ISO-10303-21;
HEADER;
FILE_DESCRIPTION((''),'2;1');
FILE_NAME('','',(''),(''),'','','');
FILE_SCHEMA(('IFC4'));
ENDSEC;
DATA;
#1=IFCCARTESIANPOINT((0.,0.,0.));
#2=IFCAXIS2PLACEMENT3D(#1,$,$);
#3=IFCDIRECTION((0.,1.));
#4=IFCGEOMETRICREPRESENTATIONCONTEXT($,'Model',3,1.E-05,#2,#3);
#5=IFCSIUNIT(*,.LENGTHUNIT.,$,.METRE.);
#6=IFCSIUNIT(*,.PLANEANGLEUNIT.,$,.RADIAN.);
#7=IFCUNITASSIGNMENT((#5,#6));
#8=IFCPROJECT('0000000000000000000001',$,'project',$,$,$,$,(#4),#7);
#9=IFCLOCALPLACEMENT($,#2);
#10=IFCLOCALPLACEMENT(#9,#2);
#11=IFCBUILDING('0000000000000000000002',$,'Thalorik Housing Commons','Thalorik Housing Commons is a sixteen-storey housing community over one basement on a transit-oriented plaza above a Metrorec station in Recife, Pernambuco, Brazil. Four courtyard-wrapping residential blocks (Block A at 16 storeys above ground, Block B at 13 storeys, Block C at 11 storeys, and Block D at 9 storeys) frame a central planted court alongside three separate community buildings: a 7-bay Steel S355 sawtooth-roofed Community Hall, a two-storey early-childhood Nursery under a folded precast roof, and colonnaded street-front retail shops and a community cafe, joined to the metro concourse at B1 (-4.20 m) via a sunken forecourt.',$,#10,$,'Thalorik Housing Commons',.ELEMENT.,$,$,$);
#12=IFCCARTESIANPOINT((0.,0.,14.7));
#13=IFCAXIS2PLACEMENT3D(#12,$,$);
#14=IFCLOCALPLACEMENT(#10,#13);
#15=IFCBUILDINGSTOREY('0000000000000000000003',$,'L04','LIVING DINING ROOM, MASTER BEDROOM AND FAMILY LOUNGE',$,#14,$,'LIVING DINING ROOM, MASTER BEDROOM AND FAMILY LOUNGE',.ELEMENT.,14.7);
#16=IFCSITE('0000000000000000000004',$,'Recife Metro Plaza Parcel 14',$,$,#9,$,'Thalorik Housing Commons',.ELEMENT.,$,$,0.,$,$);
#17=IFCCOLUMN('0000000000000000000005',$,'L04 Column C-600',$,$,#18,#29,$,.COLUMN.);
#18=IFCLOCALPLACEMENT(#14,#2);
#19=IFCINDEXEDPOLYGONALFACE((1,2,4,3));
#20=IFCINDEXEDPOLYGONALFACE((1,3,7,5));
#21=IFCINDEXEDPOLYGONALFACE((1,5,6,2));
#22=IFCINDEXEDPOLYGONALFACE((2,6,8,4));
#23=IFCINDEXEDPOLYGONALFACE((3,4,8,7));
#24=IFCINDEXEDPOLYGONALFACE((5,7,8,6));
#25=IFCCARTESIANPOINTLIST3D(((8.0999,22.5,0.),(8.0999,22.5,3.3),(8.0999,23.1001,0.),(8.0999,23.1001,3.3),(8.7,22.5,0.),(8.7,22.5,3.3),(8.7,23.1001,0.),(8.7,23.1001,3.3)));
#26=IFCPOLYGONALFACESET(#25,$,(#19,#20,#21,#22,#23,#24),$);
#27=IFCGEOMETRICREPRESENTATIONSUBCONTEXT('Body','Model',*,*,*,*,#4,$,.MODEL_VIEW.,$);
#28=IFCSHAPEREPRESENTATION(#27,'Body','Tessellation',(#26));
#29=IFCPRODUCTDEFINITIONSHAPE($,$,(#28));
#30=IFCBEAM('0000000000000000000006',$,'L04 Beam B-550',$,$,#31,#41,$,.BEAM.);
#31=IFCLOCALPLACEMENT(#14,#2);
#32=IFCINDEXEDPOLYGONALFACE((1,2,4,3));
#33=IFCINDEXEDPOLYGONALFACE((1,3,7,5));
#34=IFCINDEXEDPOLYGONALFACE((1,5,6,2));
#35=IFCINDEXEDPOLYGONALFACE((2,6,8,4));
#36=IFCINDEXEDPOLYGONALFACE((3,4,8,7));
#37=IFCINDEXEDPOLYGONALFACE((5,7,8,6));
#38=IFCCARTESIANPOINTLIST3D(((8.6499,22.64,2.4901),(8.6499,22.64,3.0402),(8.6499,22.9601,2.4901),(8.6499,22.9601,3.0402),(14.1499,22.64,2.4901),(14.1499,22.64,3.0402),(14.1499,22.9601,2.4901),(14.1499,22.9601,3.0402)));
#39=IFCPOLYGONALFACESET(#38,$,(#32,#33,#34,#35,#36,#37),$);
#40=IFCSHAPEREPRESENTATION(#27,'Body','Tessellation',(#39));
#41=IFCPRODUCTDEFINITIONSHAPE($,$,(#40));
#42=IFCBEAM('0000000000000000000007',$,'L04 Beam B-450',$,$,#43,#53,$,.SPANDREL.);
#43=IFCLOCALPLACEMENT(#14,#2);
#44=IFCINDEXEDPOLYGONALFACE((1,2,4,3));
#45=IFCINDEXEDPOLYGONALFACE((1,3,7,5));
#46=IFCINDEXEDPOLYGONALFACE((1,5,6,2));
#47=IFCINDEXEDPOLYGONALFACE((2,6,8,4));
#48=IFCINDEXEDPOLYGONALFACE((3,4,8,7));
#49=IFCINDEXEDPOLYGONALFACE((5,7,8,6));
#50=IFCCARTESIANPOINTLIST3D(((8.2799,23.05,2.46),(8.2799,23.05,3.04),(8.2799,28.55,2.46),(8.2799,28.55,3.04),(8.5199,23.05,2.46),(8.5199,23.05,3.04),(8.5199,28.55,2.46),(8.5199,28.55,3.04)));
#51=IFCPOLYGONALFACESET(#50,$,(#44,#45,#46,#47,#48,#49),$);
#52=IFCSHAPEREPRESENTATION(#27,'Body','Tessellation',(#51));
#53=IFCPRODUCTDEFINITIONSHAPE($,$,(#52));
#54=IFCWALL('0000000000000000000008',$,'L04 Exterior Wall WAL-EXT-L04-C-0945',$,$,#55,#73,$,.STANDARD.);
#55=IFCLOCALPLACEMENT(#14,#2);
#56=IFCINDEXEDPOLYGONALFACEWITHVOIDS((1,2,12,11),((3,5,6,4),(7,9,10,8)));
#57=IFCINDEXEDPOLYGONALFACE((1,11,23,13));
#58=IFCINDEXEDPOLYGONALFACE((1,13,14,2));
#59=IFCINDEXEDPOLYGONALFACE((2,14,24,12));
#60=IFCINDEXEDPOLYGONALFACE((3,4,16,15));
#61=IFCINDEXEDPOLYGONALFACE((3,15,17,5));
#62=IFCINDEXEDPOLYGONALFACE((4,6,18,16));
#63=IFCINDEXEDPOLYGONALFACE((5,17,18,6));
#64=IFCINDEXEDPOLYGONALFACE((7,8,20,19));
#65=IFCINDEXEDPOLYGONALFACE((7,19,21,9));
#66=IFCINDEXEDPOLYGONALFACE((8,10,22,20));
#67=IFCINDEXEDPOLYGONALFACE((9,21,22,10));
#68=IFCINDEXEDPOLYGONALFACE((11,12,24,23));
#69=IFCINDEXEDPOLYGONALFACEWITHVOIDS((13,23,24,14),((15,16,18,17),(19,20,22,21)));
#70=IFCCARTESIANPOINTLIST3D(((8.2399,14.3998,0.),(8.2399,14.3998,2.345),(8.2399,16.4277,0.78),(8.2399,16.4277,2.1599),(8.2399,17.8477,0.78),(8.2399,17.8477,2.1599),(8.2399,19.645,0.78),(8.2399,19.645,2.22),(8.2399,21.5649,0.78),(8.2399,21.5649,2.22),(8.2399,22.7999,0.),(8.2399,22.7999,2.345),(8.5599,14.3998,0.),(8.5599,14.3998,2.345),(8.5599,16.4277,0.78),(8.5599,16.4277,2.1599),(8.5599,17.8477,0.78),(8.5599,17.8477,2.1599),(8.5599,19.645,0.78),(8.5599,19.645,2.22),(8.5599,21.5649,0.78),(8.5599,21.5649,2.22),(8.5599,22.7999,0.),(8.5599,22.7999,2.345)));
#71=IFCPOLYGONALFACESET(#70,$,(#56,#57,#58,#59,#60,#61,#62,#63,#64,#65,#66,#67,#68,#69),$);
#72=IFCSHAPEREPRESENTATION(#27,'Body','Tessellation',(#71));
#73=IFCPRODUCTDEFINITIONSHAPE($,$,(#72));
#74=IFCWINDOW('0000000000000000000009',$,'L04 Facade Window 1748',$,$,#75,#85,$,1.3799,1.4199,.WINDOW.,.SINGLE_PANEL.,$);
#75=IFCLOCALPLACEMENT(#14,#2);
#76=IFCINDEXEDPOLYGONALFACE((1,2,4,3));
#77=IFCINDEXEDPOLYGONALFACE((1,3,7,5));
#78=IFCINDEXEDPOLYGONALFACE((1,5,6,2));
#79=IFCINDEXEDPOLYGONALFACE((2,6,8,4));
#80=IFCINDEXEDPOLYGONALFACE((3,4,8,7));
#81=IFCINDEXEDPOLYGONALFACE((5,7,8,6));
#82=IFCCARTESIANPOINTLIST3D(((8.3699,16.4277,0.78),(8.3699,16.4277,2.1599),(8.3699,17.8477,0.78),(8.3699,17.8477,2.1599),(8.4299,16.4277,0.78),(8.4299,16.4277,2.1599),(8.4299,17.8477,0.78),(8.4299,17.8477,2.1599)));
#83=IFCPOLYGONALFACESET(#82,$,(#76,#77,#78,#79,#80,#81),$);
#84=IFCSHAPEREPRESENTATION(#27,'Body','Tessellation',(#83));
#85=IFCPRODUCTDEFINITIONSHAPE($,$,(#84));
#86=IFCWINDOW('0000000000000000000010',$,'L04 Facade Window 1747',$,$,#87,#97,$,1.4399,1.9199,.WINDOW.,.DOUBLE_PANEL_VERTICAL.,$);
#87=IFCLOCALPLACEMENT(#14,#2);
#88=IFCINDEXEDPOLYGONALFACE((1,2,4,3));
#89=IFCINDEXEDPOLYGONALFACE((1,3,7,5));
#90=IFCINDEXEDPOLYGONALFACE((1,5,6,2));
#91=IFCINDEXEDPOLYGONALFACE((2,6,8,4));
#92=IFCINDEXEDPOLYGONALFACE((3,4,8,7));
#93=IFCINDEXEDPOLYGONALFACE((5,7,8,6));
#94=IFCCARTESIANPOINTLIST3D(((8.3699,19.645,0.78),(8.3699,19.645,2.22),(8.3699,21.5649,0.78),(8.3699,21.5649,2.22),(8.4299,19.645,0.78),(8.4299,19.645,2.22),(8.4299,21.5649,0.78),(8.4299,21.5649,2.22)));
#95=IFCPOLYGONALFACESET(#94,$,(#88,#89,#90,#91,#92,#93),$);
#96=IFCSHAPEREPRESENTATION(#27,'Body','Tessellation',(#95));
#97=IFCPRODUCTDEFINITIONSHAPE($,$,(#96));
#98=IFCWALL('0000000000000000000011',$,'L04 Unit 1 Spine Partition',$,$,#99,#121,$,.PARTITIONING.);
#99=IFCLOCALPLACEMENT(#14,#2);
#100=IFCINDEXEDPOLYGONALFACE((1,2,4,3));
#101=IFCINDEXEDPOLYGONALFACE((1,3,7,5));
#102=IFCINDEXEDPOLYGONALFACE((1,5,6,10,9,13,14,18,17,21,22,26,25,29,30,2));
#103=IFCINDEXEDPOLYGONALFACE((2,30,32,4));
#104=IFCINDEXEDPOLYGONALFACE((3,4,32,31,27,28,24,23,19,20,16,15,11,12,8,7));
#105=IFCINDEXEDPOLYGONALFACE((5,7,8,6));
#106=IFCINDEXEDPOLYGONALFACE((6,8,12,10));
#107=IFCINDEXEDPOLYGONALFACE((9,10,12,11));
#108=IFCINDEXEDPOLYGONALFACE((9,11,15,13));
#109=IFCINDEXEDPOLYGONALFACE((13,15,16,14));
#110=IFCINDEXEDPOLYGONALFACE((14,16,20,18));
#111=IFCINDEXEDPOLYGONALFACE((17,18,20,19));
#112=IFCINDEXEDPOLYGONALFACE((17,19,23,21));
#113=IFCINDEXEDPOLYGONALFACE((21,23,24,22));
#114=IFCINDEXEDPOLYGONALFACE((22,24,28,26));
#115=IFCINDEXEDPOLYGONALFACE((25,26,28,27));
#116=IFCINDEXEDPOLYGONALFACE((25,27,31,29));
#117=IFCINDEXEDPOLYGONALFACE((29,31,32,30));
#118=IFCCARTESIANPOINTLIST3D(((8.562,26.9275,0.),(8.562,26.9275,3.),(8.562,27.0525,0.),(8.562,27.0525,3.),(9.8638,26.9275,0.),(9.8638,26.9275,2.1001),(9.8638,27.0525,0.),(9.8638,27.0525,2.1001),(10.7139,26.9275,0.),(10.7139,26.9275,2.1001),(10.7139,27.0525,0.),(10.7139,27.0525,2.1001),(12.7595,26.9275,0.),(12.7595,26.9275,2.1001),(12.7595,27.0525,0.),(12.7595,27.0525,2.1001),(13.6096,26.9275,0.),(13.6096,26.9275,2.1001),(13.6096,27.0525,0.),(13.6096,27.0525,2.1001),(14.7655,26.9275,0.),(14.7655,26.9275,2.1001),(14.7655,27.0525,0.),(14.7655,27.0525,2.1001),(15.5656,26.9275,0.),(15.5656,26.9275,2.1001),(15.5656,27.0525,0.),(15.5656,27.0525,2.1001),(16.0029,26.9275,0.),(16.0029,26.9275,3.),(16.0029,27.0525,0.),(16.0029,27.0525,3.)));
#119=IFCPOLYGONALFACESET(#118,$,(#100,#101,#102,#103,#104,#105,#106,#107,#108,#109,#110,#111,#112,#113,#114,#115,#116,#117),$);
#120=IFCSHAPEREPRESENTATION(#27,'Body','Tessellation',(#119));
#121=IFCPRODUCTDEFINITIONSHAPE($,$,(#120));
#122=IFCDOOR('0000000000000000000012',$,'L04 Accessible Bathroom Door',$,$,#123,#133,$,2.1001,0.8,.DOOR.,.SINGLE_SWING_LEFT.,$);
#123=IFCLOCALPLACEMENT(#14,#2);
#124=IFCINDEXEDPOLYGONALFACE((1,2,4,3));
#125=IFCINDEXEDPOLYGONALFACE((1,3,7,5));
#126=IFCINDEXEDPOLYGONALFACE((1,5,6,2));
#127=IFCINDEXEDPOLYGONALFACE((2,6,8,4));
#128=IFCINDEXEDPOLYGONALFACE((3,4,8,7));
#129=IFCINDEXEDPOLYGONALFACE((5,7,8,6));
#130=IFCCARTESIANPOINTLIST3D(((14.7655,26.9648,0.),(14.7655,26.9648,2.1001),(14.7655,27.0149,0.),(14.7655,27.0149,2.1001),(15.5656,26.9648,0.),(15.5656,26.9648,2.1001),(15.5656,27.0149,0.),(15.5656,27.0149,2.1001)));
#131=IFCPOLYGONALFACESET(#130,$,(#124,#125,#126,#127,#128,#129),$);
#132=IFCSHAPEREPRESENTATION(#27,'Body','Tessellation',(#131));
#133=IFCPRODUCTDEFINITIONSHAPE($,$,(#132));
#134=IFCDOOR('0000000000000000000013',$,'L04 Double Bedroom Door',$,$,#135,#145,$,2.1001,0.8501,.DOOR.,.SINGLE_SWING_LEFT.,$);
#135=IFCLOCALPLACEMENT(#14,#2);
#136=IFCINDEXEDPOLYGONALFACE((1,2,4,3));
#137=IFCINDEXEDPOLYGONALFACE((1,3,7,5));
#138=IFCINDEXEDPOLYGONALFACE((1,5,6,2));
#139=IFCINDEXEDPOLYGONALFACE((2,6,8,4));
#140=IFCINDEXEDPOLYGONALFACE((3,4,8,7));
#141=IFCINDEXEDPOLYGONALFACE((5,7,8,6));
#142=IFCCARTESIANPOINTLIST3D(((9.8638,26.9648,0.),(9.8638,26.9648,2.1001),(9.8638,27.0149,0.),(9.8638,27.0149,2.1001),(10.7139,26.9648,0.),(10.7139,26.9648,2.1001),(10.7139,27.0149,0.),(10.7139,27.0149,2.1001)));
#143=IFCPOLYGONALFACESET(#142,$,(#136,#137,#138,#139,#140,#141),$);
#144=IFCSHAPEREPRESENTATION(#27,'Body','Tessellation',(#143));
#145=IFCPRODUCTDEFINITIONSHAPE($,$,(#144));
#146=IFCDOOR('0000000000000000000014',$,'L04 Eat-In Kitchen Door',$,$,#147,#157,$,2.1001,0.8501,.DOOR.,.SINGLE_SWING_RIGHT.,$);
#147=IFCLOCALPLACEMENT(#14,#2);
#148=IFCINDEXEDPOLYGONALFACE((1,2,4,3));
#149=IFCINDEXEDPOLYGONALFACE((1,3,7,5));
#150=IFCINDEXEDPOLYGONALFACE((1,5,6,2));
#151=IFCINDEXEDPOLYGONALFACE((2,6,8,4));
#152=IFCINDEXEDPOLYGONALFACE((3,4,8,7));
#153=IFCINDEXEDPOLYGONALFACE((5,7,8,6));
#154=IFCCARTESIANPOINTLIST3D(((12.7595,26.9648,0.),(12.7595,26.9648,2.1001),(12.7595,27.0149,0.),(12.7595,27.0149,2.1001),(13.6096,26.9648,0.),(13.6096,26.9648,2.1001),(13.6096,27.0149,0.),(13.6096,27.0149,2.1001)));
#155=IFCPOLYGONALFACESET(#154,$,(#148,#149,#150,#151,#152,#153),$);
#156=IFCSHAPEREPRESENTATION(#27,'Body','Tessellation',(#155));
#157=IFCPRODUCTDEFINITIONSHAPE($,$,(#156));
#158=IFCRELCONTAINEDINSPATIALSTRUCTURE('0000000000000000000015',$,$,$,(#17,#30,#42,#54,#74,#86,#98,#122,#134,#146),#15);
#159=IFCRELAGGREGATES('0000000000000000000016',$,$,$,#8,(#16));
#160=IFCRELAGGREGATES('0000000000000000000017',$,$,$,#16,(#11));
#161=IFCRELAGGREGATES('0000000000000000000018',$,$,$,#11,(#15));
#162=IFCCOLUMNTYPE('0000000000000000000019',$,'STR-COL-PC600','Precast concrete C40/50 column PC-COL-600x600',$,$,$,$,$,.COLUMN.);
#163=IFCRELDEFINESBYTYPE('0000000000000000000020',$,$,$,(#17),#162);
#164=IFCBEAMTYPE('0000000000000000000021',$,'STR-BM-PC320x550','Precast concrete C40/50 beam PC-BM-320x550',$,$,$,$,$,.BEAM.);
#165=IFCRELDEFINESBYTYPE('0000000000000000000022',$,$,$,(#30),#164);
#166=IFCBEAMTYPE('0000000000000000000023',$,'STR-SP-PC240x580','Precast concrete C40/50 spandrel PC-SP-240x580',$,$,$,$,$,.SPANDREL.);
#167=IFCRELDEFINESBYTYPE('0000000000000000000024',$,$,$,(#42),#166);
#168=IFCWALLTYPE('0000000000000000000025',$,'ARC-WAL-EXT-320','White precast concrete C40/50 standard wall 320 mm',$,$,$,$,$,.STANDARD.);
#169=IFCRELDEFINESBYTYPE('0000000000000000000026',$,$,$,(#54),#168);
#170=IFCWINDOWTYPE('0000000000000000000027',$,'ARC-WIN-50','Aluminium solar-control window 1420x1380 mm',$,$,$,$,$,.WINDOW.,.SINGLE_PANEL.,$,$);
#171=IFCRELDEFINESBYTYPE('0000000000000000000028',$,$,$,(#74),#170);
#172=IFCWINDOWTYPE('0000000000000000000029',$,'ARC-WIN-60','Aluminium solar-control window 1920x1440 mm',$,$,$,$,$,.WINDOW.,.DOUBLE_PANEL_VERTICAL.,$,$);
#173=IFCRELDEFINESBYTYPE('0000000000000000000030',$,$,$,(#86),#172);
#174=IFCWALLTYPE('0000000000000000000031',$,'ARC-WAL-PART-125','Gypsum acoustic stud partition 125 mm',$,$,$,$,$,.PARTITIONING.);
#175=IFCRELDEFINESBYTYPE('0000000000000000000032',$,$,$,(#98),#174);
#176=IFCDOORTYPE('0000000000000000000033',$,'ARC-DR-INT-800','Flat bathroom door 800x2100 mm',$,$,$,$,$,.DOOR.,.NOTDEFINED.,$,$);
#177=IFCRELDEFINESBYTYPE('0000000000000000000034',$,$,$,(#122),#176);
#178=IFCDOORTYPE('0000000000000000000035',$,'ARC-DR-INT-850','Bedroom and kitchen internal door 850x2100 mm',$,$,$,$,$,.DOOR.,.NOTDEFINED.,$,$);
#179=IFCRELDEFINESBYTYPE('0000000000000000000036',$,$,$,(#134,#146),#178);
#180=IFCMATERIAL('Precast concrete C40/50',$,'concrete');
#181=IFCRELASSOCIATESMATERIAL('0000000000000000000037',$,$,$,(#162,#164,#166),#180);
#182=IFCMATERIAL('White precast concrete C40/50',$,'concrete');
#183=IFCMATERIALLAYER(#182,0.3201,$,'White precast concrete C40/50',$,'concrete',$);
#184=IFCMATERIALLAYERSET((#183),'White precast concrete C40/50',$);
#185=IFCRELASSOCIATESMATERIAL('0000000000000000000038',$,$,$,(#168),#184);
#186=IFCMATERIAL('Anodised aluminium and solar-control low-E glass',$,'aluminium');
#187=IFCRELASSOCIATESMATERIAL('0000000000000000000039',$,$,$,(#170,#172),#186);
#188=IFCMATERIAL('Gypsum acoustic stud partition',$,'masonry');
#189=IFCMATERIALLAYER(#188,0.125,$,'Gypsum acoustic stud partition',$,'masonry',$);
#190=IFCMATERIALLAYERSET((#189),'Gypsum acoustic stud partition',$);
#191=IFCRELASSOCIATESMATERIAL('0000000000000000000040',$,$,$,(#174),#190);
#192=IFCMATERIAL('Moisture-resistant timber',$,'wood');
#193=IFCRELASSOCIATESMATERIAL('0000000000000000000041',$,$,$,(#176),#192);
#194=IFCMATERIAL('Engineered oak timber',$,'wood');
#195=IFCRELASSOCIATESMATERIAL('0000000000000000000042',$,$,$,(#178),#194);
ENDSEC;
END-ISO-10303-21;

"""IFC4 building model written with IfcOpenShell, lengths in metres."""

from ifc_helpers import new_model, si_unit, direction, frame, frame_2d, origin, origin_2d, place, context, subcontext, project, spatial, rectangle, extrude, material, layer, layer_set, material_profile, profile_set, type_object, element, fill, save


model = new_model("IFC4")

# Units and contexts
model_context = context("Model", 3, precision=1e-05, world=origin(), true_north=direction((0.0, 1.0)))
body_context = subcontext(model_context, "Body", "Model", "MODEL_VIEW")
ifc_project = project(units=[si_unit("LENGTHUNIT", "METRE"), si_unit("PLANEANGLEUNIT", "RADIAN")], contexts=[model_context])

# Site, building, storey
site_placement = place(None, origin())
site = spatial("IfcSite", under=ifc_project, at=site_placement, Name="Recife Metro Plaza Parcel 14", LongName="Thalorik Housing Commons", CompositionType="ELEMENT", RefElevation=0.0)
building_placement = place(site_placement, origin())
building = spatial("IfcBuilding", under=site, at=building_placement, Name="Thalorik Housing Commons", Description="Thalorik Housing Commons is a sixteen-storey housing community over one basement on a transit-oriented plaza above a Metrorec station in Recife, Pernambuco, Brazil. Four courtyard-wrapping residential blocks (Block A at 16 storeys above ground, Block B at 13 storeys, Block C at 11 storeys, and Block D at 9 storeys) frame a central planted court alongside three separate community buildings: a 7-bay Steel S355 sawtooth-roofed Community Hall, a two-storey early-childhood Nursery under a folded precast roof, and colonnaded street-front retail shops and a community cafe, joined to the metro concourse at B1 (-4.20 m) via a sunken forecourt.", LongName="Thalorik Housing Commons", CompositionType="ELEMENT")
storey_placement = place(building_placement, frame((0.0, 0.0, 14.7)))
storey = spatial("IfcBuildingStorey", under=building, at=storey_placement, Name="L04", Description="LIVING DINING ROOM, MASTER BEDROOM AND FAMILY LOUNGE", LongName="LIVING DINING ROOM, MASTER BEDROOM AND FAMILY LOUNGE", CompositionType="ELEMENT", Elevation=14.7)

# Column
ifc_material_1 = material(Name="Precast concrete C40/50", Category="concrete")
ifc_material_profile_1 = material_profile(ifc_material_1, rectangle(XDim=0.6001, YDim=0.6001, at=origin_2d()), Name="PC 600x600", Category="concrete")
ifc_profile_set_1 = profile_set([ifc_material_profile_1], Name="Precast concrete C40/50")
column_type = type_object("IfcColumnType", Name="STR-COL-PC600", Description="Precast concrete C40/50 column PC-COL-600x600", PredefinedType="COLUMN", material=ifc_profile_set_1)
column_placement = place(storey_placement, frame((8.3999, 22.8, 0.0), z_axis=(0.0, 0.0, 1.0), x_axis=(1.0, 0.0, 0.0)))
element("IfcColumn", 1, at=column_placement, inside=storey, type_object=column_type, Name="L04 Column C-600", PredefinedType="COLUMN", context=body_context, shape_type="SweptSolid", body=[
    extrude(rectangle(XDim=0.6001, YDim=0.6001, at=origin_2d()), origin(), (0.0, 0.0, 1.0), 3.3),
])

# Beams
ifc_material_profile_2 = material_profile(ifc_material_1, rectangle(XDim=0.3201, YDim=0.55, at=origin_2d()), Name="PC 320x550", Category="concrete")
ifc_profile_set_2 = profile_set([ifc_material_profile_2], Name="Precast concrete C40/50")
beam_type_1 = type_object("IfcBeamType", Name="STR-BM-PC320x550", Description="Precast concrete C40/50 beam PC-BM-320x550", PredefinedType="BEAM", material=ifc_profile_set_2)
beam_1_placement = place(storey_placement, frame((8.6499, 22.8, 2.7651), z_axis=(1.0, 0.0, 0.0), x_axis=(0.0, 1.0, 0.0)))
element("IfcBeam", 2, at=beam_1_placement, inside=storey, type_object=beam_type_1, Name="L04 Beam B-550", PredefinedType="BEAM", context=body_context, shape_type="SweptSolid", body=[
    extrude(rectangle(XDim=0.3201, YDim=0.55, at=origin_2d()), origin(), (0.0, 0.0, 1.0), 5.5),
])
ifc_material_profile_3 = material_profile(ifc_material_1, rectangle(XDim=0.24, YDim=0.5801, at=origin_2d()), Name="PC SP 240x580", Category="concrete")
ifc_profile_set_3 = profile_set([ifc_material_profile_3], Name="Precast concrete C40/50")
beam_type_2 = type_object("IfcBeamType", Name="STR-SP-PC240x580", Description="Precast concrete C40/50 spandrel PC-SP-240x580", PredefinedType="SPANDREL", material=ifc_profile_set_3)
beam_2_placement = place(storey_placement, frame((8.3999, 23.05, 2.75), z_axis=(0.0, 1.0, 0.0), x_axis=(-1.0, 0.0, 0.0)))
element("IfcBeam", 3, at=beam_2_placement, inside=storey, type_object=beam_type_2, Name="L04 Beam B-450", PredefinedType="SPANDREL", context=body_context, shape_type="SweptSolid", body=[
    extrude(rectangle(XDim=0.24, YDim=0.5801, at=origin_2d()), origin(), (0.0, 0.0, 1.0), 5.5),
])

# Wall, openings, windows
ifc_material_2 = material(Name="White precast concrete C40/50", Category="concrete")
ifc_layer_1 = layer(ifc_material_2, 0.3201, Name="White precast concrete C40/50", Category="concrete")
ifc_layer_set_1 = layer_set([ifc_layer_1], Name="White precast concrete C40/50")
wall_type_1 = type_object("IfcWallType", Name="ARC-WAL-EXT-320", Description="White precast concrete C40/50 standard wall 320 mm", PredefinedType="STANDARD", material=ifc_layer_set_1)
wall_1_placement = place(storey_placement, frame((8.3999, 22.8, 0.0), z_axis=(0.0, 0.0, 1.0), x_axis=(0.0, -1.0, 0.0)))
wall_1 = element("IfcWall", 4, at=wall_1_placement, inside=storey, type_object=wall_type_1, Name="L04 Exterior Wall WAL-EXT-L04-C-0945", PredefinedType="STANDARD", context=body_context, shape_type="SweptSolid", body=[
    extrude(rectangle(XDim=8.4001, YDim=0.3201, at=frame_2d((4.2002, 0.0))), origin(), (0.0, 0.0, 1.0), 2.345),
])
opening_1_placement = place(wall_1_placement, frame((1.2351, 0.0, 0.78)))
opening_1 = element("IfcOpeningElement", 5, at=opening_1_placement, cuts=wall_1, PredefinedType="OPENING", context=body_context, shape_type="SweptSolid", body=[
    extrude(rectangle(XDim=1.9199, YDim=1.4399, at=frame_2d((0.96, 0.72))), frame((0.0, 0.1699, 0.0), z_axis=(0.0, -1.0, 0.0), x_axis=(1.0, 0.0, 0.0)), (0.0, 0.0, 1.0), 0.3401),
])
opening_2_placement = place(wall_1_placement, frame((4.9524, 0.0, 0.78)))
opening_2 = element("IfcOpeningElement", 6, at=opening_2_placement, cuts=wall_1, PredefinedType="OPENING", context=body_context, shape_type="SweptSolid", body=[
    extrude(rectangle(XDim=1.4199, YDim=1.3799, at=frame_2d((0.71, 0.6899))), frame((0.0, 0.1699, 0.0), z_axis=(0.0, -1.0, 0.0), x_axis=(1.0, 0.0, 0.0)), (0.0, 0.0, 1.0), 0.3401),
])
ifc_material_3 = material(Name="Anodised aluminium and solar-control low-E glass", Category="aluminium")
window_type_1 = type_object("IfcWindowType", Name="ARC-WIN-50", Description="Aluminium solar-control window 1420x1380 mm", PartitioningType="SINGLE_PANEL", PredefinedType="WINDOW", material=ifc_material_3)
window_1_placement = place(opening_2_placement, origin())
window_1 = element("IfcWindow", 7, at=window_1_placement, inside=storey, type_object=window_type_1, Name="L04 Facade Window 1748", OverallHeight=1.3799, OverallWidth=1.4199, PartitioningType="SINGLE_PANEL", PredefinedType="WINDOW", context=body_context, shape_type="SweptSolid", body=[
    extrude(rectangle(XDim=1.4199, YDim=1.3799, at=frame_2d((0.71, 0.6899))), frame((0.0, 0.03, 0.0), z_axis=(0.0, -1.0, 0.0), x_axis=(1.0, 0.0, 0.0)), (0.0, 0.0, 1.0), 0.0601),
])
fill(opening_2, window_1)
window_type_2 = type_object("IfcWindowType", Name="ARC-WIN-60", Description="Aluminium solar-control window 1920x1440 mm", PartitioningType="DOUBLE_PANEL_VERTICAL", PredefinedType="WINDOW", material=ifc_material_3)
window_2_placement = place(opening_1_placement, origin())
window_2 = element("IfcWindow", 8, at=window_2_placement, inside=storey, type_object=window_type_2, Name="L04 Facade Window 1747", OverallHeight=1.4399, OverallWidth=1.9199, PartitioningType="DOUBLE_PANEL_VERTICAL", PredefinedType="WINDOW", context=body_context, shape_type="SweptSolid", body=[
    extrude(rectangle(XDim=1.9199, YDim=1.4399, at=frame_2d((0.96, 0.72))), frame((0.0, 0.03, 0.0), z_axis=(0.0, -1.0, 0.0), x_axis=(1.0, 0.0, 0.0)), (0.0, 0.0, 1.0), 0.0601),
])
fill(opening_1, window_2)

# Wall, openings, doors
ifc_material_4 = material(Name="Gypsum acoustic stud partition", Category="masonry")
ifc_layer_2 = layer(ifc_material_4, 0.125, Name="Gypsum acoustic stud partition", Category="masonry")
ifc_layer_set_2 = layer_set([ifc_layer_2], Name="Gypsum acoustic stud partition")
wall_type_2 = type_object("IfcWallType", Name="ARC-WAL-PART-125", Description="Gypsum acoustic stud partition 125 mm", PredefinedType="PARTITIONING", material=ifc_layer_set_2)
wall_2_placement = place(storey_placement, frame((8.562, 26.99, 0.0), z_axis=(0.0, 0.0, 1.0), x_axis=(1.0, 0.0, 0.0)))
wall_2 = element("IfcWall", 9, at=wall_2_placement, inside=storey, type_object=wall_type_2, Name="L04 Unit 1 Spine Partition", PredefinedType="PARTITIONING", context=body_context, shape_type="SweptSolid", body=[
    extrude(rectangle(XDim=7.4409, YDim=0.125, at=frame_2d((3.7205, 0.0))), origin(), (0.0, 0.0, 1.0), 3.0),
])
opening_3_placement = place(wall_2_placement, frame((1.3018, 0.0, 0.0)))
opening_3 = element("IfcOpeningElement", 10, at=opening_3_placement, cuts=wall_2, PredefinedType="OPENING", context=body_context, shape_type="SweptSolid", body=[
    extrude(rectangle(XDim=0.8501, YDim=2.1001, at=frame_2d((0.425, 1.05))), frame((0.0, 0.0725, 0.0), z_axis=(0.0, -1.0, 0.0), x_axis=(1.0, 0.0, 0.0)), (0.0, 0.0, 1.0), 0.145),
])
opening_4_placement = place(wall_2_placement, frame((4.1975, 0.0, 0.0)))
opening_4 = element("IfcOpeningElement", 11, at=opening_4_placement, cuts=wall_2, PredefinedType="OPENING", context=body_context, shape_type="SweptSolid", body=[
    extrude(rectangle(XDim=0.8501, YDim=2.1001, at=frame_2d((0.425, 1.05))), frame((0.0, 0.0725, 0.0), z_axis=(0.0, -1.0, 0.0), x_axis=(1.0, 0.0, 0.0)), (0.0, 0.0, 1.0), 0.145),
])
opening_5_placement = place(wall_2_placement, frame((6.2036, 0.0, 0.0)))
opening_5 = element("IfcOpeningElement", 12, at=opening_5_placement, cuts=wall_2, PredefinedType="OPENING", context=body_context, shape_type="SweptSolid", body=[
    extrude(rectangle(XDim=0.8, YDim=2.1001, at=frame_2d((0.3999, 1.05))), frame((0.0, 0.0725, 0.0), z_axis=(0.0, -1.0, 0.0), x_axis=(1.0, 0.0, 0.0)), (0.0, 0.0, 1.0), 0.145),
])
ifc_material_5 = material(Name="Moisture-resistant timber", Category="wood")
door_type_1 = type_object("IfcDoorType", Name="ARC-DR-INT-800", Description="Flat bathroom door 800x2100 mm", OperationType="NOTDEFINED", PredefinedType="DOOR", material=ifc_material_5)
door_1_placement = place(opening_5_placement, origin())
door_1 = element("IfcDoor", 13, at=door_1_placement, inside=storey, type_object=door_type_1, Name="L04 Accessible Bathroom Door", OperationType="SINGLE_SWING_LEFT", OverallHeight=2.1001, OverallWidth=0.8, PredefinedType="DOOR", context=body_context, shape_type="SweptSolid", body=[
    extrude(rectangle(XDim=0.8, YDim=2.1001, at=frame_2d((0.3999, 1.05))), frame((0.0, 0.0249, 0.0), z_axis=(0.0, -1.0, 0.0), x_axis=(1.0, 0.0, 0.0)), (0.0, 0.0, 1.0), 0.05),
])
fill(opening_5, door_1)
ifc_material_6 = material(Name="Engineered oak timber", Category="wood")
door_type_2 = type_object("IfcDoorType", Name="ARC-DR-INT-850", Description="Bedroom and kitchen internal door 850x2100 mm", OperationType="NOTDEFINED", PredefinedType="DOOR", material=ifc_material_6)
door_2_placement = place(opening_3_placement, origin())
door_2 = element("IfcDoor", 14, at=door_2_placement, inside=storey, type_object=door_type_2, Name="L04 Double Bedroom Door", OperationType="SINGLE_SWING_LEFT", OverallHeight=2.1001, OverallWidth=0.8501, PredefinedType="DOOR", context=body_context, shape_type="SweptSolid", body=[
    extrude(rectangle(XDim=0.8501, YDim=2.1001, at=frame_2d((0.425, 1.05))), frame((0.0, 0.0249, 0.0), z_axis=(0.0, -1.0, 0.0), x_axis=(1.0, 0.0, 0.0)), (0.0, 0.0, 1.0), 0.05),
])
fill(opening_3, door_2)
door_3_placement = place(opening_4_placement, origin())
door_3 = element("IfcDoor", 15, at=door_3_placement, inside=storey, type_object=door_type_2, Name="L04 Eat-In Kitchen Door", OperationType="SINGLE_SWING_RIGHT", OverallHeight=2.1001, OverallWidth=0.8501, PredefinedType="DOOR", context=body_context, shape_type="SweptSolid", body=[
    extrude(rectangle(XDim=0.8501, YDim=2.1001, at=frame_2d((0.425, 1.05))), frame((0.0, 0.0249, 0.0), z_axis=(0.0, -1.0, 0.0), x_axis=(1.0, 0.0, 0.0)), (0.0, 0.0, 1.0), 0.05),
])
fill(opening_4, door_3)

save(model, "model.ifc")
